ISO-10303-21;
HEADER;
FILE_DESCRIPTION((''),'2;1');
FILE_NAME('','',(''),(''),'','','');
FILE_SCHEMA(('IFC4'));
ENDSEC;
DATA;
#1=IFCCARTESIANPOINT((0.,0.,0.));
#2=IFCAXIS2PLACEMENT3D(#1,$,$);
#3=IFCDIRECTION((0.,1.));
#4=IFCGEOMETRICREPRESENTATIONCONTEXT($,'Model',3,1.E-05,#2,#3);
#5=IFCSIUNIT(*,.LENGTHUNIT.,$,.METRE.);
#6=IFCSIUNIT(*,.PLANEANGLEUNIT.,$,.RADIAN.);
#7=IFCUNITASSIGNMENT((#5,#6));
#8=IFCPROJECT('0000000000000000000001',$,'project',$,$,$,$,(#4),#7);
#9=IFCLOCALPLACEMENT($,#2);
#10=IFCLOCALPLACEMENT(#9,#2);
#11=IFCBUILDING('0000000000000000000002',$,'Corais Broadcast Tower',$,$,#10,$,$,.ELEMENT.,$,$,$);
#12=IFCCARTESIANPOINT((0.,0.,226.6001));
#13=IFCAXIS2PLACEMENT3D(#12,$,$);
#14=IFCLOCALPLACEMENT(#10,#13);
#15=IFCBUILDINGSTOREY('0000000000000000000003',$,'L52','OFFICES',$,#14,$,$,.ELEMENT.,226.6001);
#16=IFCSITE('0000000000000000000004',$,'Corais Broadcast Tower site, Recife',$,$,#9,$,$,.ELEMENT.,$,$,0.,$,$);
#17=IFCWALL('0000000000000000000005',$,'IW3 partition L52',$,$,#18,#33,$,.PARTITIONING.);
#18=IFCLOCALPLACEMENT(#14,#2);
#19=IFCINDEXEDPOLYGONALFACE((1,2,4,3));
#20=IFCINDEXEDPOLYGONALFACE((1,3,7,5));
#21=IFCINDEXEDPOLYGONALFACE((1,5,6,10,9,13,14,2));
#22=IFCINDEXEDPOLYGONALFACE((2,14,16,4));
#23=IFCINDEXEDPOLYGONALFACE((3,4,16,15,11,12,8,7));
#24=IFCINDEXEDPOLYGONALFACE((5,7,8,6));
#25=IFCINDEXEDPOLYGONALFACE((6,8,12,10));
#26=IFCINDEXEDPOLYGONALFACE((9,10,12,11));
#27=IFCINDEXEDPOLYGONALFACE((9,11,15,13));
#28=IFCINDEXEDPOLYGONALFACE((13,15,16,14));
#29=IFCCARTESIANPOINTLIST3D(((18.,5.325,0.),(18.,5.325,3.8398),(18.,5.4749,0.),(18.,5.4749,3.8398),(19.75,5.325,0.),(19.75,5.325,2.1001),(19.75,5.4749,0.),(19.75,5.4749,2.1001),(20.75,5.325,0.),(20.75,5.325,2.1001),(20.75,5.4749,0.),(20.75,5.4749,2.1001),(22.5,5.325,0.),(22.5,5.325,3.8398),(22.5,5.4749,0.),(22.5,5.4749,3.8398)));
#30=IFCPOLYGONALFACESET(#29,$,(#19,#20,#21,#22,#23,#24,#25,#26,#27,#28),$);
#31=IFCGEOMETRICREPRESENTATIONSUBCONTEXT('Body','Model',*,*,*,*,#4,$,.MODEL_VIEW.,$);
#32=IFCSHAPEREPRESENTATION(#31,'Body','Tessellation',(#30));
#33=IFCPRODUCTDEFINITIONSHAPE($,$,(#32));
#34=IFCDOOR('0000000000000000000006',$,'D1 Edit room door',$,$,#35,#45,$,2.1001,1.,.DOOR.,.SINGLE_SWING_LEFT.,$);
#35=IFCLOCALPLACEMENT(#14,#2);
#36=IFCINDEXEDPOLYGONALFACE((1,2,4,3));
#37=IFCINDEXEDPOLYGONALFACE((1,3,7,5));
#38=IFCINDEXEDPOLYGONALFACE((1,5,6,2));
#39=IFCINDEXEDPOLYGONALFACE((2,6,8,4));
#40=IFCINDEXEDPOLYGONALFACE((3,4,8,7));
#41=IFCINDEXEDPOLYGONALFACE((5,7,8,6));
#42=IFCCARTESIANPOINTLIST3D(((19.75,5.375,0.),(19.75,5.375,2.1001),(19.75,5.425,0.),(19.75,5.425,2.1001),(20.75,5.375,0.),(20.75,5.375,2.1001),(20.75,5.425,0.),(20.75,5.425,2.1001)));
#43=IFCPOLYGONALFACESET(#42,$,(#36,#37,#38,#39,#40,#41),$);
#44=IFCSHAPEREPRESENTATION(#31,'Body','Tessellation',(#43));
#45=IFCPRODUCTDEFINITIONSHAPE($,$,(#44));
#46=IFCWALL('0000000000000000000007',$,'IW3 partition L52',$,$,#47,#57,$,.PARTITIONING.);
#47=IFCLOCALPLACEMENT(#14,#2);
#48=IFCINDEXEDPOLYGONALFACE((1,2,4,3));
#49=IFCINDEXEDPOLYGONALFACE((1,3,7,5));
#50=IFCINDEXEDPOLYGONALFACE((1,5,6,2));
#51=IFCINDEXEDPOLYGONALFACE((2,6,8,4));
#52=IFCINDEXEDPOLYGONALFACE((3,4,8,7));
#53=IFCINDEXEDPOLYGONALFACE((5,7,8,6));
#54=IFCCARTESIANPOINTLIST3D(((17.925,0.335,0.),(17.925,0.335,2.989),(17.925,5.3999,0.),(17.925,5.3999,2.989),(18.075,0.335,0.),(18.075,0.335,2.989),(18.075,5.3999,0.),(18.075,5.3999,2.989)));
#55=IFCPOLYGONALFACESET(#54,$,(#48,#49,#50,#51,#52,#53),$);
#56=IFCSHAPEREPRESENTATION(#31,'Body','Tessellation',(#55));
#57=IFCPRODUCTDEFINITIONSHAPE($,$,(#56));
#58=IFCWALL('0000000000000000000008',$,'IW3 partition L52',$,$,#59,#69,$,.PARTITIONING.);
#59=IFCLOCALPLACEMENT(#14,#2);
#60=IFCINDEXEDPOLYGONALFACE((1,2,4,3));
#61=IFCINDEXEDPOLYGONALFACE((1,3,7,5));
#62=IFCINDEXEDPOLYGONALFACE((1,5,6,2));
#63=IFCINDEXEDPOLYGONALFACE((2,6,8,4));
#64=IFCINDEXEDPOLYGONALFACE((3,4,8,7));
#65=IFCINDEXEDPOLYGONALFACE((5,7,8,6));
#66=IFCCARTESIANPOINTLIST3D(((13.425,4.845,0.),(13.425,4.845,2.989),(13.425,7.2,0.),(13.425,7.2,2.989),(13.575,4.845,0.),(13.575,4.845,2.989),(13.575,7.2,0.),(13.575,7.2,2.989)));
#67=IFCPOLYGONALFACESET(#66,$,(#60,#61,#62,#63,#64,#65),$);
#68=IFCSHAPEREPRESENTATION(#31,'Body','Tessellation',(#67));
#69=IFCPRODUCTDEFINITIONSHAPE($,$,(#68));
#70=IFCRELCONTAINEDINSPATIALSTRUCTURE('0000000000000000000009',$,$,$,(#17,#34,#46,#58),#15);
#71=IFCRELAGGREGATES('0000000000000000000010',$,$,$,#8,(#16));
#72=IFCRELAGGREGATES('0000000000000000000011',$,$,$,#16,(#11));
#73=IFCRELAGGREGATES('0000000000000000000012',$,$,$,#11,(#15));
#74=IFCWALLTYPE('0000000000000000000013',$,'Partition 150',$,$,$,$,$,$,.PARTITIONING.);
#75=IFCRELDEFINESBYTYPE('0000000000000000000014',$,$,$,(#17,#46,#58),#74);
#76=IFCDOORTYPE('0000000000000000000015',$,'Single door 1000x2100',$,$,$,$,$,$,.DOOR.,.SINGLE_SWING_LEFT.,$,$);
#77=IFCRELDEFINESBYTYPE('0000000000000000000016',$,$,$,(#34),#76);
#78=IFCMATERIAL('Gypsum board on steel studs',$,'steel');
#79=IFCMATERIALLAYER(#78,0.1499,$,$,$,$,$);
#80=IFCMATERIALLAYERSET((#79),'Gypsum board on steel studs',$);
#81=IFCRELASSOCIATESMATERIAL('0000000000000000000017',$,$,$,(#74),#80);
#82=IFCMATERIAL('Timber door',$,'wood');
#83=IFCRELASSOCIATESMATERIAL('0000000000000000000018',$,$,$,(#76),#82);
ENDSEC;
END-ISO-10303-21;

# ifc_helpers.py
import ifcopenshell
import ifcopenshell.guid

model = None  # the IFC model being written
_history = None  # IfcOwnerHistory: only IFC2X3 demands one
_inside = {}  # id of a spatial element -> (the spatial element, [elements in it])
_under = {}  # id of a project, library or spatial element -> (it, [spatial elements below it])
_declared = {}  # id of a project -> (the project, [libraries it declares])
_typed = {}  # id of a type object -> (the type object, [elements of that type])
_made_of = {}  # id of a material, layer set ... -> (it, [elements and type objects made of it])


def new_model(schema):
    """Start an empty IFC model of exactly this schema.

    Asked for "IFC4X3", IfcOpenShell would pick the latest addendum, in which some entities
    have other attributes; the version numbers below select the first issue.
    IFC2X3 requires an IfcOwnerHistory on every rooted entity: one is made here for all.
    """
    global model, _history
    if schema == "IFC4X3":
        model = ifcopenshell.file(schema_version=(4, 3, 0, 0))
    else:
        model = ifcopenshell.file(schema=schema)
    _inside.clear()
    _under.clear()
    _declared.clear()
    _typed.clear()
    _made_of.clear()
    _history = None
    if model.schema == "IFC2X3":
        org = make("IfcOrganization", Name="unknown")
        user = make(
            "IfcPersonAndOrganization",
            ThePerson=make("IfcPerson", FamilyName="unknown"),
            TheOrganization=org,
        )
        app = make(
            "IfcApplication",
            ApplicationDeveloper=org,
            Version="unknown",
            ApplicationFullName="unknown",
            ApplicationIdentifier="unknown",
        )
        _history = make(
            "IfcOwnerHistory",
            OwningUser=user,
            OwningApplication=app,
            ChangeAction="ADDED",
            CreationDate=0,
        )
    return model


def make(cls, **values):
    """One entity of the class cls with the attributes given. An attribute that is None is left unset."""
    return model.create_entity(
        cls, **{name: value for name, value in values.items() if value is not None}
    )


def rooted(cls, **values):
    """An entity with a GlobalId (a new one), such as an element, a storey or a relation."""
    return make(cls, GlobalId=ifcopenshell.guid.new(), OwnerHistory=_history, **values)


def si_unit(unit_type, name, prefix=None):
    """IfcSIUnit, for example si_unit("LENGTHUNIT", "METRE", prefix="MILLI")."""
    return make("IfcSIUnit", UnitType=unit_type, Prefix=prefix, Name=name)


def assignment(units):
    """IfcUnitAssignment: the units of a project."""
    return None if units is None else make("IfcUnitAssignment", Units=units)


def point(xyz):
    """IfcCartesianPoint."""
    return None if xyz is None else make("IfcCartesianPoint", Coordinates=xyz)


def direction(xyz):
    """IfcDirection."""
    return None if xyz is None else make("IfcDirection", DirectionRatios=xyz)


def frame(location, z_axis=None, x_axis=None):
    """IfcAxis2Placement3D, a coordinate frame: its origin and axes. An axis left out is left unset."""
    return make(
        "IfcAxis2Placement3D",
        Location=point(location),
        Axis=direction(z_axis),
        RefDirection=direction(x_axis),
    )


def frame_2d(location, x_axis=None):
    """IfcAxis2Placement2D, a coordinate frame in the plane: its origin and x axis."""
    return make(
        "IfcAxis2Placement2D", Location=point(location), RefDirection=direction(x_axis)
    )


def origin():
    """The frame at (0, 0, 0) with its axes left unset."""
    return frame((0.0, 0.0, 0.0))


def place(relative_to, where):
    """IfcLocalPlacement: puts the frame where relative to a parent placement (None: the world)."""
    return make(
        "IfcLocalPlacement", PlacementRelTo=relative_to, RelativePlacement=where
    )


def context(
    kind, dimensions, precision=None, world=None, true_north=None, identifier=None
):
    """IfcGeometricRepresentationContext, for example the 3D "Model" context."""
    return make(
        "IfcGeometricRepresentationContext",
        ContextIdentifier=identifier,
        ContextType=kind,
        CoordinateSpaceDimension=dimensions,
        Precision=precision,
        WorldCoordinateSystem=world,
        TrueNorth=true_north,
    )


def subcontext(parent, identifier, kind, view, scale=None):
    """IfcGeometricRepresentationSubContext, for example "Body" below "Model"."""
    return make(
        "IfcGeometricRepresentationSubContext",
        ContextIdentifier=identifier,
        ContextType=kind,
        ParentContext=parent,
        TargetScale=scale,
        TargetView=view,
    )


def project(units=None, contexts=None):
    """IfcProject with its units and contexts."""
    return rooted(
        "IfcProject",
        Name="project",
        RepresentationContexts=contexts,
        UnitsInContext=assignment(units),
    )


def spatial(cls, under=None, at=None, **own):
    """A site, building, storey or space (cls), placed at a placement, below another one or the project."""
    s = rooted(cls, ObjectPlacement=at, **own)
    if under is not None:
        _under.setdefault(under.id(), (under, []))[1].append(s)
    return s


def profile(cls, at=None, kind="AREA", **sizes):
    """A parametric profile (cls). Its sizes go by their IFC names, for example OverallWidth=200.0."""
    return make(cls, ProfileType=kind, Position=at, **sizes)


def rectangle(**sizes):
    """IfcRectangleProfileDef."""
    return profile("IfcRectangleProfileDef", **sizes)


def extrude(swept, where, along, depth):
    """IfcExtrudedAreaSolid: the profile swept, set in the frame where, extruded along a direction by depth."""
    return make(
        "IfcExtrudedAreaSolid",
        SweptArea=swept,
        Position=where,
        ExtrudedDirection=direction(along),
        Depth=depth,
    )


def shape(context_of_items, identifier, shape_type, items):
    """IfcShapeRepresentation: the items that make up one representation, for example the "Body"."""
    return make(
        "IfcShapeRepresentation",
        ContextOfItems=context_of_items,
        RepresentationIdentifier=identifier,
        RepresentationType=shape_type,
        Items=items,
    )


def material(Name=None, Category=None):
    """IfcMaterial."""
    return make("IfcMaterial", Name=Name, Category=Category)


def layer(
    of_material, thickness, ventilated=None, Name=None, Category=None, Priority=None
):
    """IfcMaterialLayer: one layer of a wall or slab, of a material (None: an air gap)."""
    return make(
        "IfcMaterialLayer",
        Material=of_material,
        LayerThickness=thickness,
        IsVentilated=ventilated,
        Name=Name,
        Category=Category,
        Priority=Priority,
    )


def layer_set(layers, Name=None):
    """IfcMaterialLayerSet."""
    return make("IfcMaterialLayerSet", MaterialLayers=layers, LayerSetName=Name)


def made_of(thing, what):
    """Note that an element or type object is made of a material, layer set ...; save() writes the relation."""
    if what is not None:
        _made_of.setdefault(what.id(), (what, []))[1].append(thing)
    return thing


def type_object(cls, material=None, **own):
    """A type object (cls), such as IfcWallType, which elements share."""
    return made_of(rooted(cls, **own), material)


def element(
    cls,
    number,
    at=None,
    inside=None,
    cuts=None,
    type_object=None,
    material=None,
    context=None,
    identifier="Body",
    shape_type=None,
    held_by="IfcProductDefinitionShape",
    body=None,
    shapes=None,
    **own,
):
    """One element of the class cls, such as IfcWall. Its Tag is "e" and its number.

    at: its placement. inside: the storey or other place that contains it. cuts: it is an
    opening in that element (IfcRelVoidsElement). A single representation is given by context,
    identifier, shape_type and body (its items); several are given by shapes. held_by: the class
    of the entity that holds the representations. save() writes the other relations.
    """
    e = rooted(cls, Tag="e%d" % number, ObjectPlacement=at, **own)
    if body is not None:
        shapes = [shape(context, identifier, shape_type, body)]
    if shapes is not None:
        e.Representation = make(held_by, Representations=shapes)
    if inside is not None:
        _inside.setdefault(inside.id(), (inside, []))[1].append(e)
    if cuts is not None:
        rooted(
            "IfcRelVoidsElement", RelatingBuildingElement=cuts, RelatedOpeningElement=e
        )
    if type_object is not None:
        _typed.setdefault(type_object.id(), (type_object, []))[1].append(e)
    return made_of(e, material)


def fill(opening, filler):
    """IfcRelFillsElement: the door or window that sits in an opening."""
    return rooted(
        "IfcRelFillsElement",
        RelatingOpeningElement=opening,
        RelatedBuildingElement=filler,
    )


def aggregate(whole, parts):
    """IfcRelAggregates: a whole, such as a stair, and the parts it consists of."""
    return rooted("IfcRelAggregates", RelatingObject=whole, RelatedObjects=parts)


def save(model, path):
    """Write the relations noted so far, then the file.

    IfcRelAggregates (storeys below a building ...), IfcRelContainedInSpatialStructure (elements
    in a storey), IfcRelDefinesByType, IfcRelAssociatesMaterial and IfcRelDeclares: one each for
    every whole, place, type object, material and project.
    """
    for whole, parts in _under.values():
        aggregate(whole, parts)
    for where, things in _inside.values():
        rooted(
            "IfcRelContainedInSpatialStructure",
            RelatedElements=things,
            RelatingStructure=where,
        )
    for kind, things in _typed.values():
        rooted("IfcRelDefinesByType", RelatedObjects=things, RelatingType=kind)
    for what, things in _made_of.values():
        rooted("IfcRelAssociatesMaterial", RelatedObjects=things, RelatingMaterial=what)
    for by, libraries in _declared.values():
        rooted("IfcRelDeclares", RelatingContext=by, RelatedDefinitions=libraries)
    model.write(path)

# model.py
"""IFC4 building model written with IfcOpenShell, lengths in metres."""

from ifc_helpers import new_model, si_unit, direction, frame, frame_2d, origin, place, context, subcontext, project, spatial, rectangle, extrude, material, layer, layer_set, type_object, element, fill, save


model = new_model("IFC4")

# Units and contexts
model_context = context("Model", 3, precision=1e-05, world=origin(), true_north=direction((0.0, 1.0)))
body_context = subcontext(model_context, "Body", "Model", "MODEL_VIEW")
ifc_project = project(units=[si_unit("LENGTHUNIT", "METRE"), si_unit("PLANEANGLEUNIT", "RADIAN")], contexts=[model_context])

# Site, building, storey
site_placement = place(None, origin())
site = spatial("IfcSite", under=ifc_project, at=site_placement, Name="Corais Broadcast Tower site, Recife", CompositionType="ELEMENT", RefElevation=0.0)
building_placement = place(site_placement, origin())
building = spatial("IfcBuilding", under=site, at=building_placement, Name="Corais Broadcast Tower", CompositionType="ELEMENT")
storey_placement = place(building_placement, frame((0.0, 0.0, 226.6001)))
storey = spatial("IfcBuildingStorey", under=building, at=storey_placement, Name="L52", Description="OFFICES", CompositionType="ELEMENT", Elevation=226.6001)

# Shared definitions
ifc_material_1 = material(Name="Gypsum board on steel studs", Category="steel")
ifc_layer_1 = layer(ifc_material_1, 0.1499)
ifc_layer_set_1 = layer_set([ifc_layer_1], Name="Gypsum board on steel studs")
wall_type = type_object("IfcWallType", Name="Partition 150", PredefinedType="PARTITIONING", material=ifc_layer_set_1)

# Wall, opening, door
wall_1_placement = place(storey_placement, frame((22.5, 5.3999, 0.0), z_axis=(0.0, 0.0, 1.0), x_axis=(-1.0, 0.0, 0.0)))
wall_1 = element("IfcWall", 1, at=wall_1_placement, inside=storey, type_object=wall_type, Name="IW3 partition L52", PredefinedType="PARTITIONING", context=body_context, shape_type="SweptSolid", body=[
    extrude(rectangle(XDim=4.5, YDim=0.1499, at=frame_2d((2.25, 0.0))), origin(), (0.0, 0.0, 1.0), 3.8398),
])
opening_placement = place(wall_1_placement, frame((1.75, 0.0, 0.0)))
opening = element("IfcOpeningElement", 2, at=opening_placement, cuts=wall_1, PredefinedType="OPENING", context=body_context, shape_type="SweptSolid", body=[
    extrude(rectangle(XDim=1.0, YDim=2.1001, at=frame_2d((0.5, 1.05))), frame((0.0, 0.085, 0.0), z_axis=(0.0, -1.0, 0.0), x_axis=(1.0, 0.0, 0.0)), (0.0, 0.0, 1.0), 0.1699),
])
ifc_material_2 = material(Name="Timber door", Category="wood")
door_type = type_object("IfcDoorType", Name="Single door 1000x2100", OperationType="SINGLE_SWING_LEFT", PredefinedType="DOOR", material=ifc_material_2)
door_placement = place(opening_placement, origin())
door = element("IfcDoor", 3, at=door_placement, inside=storey, type_object=door_type, Name="D1 Edit room door", OperationType="SINGLE_SWING_LEFT", OverallHeight=2.1001, OverallWidth=1.0, PredefinedType="DOOR", context=body_context, shape_type="SweptSolid", body=[
    extrude(rectangle(XDim=1.0, YDim=2.1001, at=frame_2d((0.5, 1.05))), frame((0.0, 0.0249, 0.0), z_axis=(0.0, -1.0, 0.0), x_axis=(1.0, 0.0, 0.0)), (0.0, 0.0, 1.0), 0.05),
])
fill(opening, door)

# Walls
wall_2_placement = place(storey_placement, frame((18.0, 5.3999, 0.0), z_axis=(0.0, 0.0, 1.0), x_axis=(0.0, -1.0, 0.0)))
element("IfcWall", 4, at=wall_2_placement, inside=storey, type_object=wall_type, Name="IW3 partition L52", PredefinedType="PARTITIONING", context=body_context, shape_type="SweptSolid", body=[
    extrude(rectangle(XDim=5.0649, YDim=0.1499, at=frame_2d((2.5325, 0.0))), origin(), (0.0, 0.0, 1.0), 2.989),
])
wall_3_placement = place(storey_placement, frame((13.5, 4.845, 0.0), z_axis=(0.0, 0.0, 1.0), x_axis=(0.0, 1.0, 0.0)))
element("IfcWall", 5, at=wall_3_placement, inside=storey, type_object=wall_type, Name="IW3 partition L52", PredefinedType="PARTITIONING", context=body_context, shape_type="SweptSolid", body=[
    extrude(rectangle(XDim=2.355, YDim=0.1499, at=frame_2d((1.1775, 0.0))), origin(), (0.0, 0.0, 1.0), 2.989),
])

save(model, "model.ifc")
